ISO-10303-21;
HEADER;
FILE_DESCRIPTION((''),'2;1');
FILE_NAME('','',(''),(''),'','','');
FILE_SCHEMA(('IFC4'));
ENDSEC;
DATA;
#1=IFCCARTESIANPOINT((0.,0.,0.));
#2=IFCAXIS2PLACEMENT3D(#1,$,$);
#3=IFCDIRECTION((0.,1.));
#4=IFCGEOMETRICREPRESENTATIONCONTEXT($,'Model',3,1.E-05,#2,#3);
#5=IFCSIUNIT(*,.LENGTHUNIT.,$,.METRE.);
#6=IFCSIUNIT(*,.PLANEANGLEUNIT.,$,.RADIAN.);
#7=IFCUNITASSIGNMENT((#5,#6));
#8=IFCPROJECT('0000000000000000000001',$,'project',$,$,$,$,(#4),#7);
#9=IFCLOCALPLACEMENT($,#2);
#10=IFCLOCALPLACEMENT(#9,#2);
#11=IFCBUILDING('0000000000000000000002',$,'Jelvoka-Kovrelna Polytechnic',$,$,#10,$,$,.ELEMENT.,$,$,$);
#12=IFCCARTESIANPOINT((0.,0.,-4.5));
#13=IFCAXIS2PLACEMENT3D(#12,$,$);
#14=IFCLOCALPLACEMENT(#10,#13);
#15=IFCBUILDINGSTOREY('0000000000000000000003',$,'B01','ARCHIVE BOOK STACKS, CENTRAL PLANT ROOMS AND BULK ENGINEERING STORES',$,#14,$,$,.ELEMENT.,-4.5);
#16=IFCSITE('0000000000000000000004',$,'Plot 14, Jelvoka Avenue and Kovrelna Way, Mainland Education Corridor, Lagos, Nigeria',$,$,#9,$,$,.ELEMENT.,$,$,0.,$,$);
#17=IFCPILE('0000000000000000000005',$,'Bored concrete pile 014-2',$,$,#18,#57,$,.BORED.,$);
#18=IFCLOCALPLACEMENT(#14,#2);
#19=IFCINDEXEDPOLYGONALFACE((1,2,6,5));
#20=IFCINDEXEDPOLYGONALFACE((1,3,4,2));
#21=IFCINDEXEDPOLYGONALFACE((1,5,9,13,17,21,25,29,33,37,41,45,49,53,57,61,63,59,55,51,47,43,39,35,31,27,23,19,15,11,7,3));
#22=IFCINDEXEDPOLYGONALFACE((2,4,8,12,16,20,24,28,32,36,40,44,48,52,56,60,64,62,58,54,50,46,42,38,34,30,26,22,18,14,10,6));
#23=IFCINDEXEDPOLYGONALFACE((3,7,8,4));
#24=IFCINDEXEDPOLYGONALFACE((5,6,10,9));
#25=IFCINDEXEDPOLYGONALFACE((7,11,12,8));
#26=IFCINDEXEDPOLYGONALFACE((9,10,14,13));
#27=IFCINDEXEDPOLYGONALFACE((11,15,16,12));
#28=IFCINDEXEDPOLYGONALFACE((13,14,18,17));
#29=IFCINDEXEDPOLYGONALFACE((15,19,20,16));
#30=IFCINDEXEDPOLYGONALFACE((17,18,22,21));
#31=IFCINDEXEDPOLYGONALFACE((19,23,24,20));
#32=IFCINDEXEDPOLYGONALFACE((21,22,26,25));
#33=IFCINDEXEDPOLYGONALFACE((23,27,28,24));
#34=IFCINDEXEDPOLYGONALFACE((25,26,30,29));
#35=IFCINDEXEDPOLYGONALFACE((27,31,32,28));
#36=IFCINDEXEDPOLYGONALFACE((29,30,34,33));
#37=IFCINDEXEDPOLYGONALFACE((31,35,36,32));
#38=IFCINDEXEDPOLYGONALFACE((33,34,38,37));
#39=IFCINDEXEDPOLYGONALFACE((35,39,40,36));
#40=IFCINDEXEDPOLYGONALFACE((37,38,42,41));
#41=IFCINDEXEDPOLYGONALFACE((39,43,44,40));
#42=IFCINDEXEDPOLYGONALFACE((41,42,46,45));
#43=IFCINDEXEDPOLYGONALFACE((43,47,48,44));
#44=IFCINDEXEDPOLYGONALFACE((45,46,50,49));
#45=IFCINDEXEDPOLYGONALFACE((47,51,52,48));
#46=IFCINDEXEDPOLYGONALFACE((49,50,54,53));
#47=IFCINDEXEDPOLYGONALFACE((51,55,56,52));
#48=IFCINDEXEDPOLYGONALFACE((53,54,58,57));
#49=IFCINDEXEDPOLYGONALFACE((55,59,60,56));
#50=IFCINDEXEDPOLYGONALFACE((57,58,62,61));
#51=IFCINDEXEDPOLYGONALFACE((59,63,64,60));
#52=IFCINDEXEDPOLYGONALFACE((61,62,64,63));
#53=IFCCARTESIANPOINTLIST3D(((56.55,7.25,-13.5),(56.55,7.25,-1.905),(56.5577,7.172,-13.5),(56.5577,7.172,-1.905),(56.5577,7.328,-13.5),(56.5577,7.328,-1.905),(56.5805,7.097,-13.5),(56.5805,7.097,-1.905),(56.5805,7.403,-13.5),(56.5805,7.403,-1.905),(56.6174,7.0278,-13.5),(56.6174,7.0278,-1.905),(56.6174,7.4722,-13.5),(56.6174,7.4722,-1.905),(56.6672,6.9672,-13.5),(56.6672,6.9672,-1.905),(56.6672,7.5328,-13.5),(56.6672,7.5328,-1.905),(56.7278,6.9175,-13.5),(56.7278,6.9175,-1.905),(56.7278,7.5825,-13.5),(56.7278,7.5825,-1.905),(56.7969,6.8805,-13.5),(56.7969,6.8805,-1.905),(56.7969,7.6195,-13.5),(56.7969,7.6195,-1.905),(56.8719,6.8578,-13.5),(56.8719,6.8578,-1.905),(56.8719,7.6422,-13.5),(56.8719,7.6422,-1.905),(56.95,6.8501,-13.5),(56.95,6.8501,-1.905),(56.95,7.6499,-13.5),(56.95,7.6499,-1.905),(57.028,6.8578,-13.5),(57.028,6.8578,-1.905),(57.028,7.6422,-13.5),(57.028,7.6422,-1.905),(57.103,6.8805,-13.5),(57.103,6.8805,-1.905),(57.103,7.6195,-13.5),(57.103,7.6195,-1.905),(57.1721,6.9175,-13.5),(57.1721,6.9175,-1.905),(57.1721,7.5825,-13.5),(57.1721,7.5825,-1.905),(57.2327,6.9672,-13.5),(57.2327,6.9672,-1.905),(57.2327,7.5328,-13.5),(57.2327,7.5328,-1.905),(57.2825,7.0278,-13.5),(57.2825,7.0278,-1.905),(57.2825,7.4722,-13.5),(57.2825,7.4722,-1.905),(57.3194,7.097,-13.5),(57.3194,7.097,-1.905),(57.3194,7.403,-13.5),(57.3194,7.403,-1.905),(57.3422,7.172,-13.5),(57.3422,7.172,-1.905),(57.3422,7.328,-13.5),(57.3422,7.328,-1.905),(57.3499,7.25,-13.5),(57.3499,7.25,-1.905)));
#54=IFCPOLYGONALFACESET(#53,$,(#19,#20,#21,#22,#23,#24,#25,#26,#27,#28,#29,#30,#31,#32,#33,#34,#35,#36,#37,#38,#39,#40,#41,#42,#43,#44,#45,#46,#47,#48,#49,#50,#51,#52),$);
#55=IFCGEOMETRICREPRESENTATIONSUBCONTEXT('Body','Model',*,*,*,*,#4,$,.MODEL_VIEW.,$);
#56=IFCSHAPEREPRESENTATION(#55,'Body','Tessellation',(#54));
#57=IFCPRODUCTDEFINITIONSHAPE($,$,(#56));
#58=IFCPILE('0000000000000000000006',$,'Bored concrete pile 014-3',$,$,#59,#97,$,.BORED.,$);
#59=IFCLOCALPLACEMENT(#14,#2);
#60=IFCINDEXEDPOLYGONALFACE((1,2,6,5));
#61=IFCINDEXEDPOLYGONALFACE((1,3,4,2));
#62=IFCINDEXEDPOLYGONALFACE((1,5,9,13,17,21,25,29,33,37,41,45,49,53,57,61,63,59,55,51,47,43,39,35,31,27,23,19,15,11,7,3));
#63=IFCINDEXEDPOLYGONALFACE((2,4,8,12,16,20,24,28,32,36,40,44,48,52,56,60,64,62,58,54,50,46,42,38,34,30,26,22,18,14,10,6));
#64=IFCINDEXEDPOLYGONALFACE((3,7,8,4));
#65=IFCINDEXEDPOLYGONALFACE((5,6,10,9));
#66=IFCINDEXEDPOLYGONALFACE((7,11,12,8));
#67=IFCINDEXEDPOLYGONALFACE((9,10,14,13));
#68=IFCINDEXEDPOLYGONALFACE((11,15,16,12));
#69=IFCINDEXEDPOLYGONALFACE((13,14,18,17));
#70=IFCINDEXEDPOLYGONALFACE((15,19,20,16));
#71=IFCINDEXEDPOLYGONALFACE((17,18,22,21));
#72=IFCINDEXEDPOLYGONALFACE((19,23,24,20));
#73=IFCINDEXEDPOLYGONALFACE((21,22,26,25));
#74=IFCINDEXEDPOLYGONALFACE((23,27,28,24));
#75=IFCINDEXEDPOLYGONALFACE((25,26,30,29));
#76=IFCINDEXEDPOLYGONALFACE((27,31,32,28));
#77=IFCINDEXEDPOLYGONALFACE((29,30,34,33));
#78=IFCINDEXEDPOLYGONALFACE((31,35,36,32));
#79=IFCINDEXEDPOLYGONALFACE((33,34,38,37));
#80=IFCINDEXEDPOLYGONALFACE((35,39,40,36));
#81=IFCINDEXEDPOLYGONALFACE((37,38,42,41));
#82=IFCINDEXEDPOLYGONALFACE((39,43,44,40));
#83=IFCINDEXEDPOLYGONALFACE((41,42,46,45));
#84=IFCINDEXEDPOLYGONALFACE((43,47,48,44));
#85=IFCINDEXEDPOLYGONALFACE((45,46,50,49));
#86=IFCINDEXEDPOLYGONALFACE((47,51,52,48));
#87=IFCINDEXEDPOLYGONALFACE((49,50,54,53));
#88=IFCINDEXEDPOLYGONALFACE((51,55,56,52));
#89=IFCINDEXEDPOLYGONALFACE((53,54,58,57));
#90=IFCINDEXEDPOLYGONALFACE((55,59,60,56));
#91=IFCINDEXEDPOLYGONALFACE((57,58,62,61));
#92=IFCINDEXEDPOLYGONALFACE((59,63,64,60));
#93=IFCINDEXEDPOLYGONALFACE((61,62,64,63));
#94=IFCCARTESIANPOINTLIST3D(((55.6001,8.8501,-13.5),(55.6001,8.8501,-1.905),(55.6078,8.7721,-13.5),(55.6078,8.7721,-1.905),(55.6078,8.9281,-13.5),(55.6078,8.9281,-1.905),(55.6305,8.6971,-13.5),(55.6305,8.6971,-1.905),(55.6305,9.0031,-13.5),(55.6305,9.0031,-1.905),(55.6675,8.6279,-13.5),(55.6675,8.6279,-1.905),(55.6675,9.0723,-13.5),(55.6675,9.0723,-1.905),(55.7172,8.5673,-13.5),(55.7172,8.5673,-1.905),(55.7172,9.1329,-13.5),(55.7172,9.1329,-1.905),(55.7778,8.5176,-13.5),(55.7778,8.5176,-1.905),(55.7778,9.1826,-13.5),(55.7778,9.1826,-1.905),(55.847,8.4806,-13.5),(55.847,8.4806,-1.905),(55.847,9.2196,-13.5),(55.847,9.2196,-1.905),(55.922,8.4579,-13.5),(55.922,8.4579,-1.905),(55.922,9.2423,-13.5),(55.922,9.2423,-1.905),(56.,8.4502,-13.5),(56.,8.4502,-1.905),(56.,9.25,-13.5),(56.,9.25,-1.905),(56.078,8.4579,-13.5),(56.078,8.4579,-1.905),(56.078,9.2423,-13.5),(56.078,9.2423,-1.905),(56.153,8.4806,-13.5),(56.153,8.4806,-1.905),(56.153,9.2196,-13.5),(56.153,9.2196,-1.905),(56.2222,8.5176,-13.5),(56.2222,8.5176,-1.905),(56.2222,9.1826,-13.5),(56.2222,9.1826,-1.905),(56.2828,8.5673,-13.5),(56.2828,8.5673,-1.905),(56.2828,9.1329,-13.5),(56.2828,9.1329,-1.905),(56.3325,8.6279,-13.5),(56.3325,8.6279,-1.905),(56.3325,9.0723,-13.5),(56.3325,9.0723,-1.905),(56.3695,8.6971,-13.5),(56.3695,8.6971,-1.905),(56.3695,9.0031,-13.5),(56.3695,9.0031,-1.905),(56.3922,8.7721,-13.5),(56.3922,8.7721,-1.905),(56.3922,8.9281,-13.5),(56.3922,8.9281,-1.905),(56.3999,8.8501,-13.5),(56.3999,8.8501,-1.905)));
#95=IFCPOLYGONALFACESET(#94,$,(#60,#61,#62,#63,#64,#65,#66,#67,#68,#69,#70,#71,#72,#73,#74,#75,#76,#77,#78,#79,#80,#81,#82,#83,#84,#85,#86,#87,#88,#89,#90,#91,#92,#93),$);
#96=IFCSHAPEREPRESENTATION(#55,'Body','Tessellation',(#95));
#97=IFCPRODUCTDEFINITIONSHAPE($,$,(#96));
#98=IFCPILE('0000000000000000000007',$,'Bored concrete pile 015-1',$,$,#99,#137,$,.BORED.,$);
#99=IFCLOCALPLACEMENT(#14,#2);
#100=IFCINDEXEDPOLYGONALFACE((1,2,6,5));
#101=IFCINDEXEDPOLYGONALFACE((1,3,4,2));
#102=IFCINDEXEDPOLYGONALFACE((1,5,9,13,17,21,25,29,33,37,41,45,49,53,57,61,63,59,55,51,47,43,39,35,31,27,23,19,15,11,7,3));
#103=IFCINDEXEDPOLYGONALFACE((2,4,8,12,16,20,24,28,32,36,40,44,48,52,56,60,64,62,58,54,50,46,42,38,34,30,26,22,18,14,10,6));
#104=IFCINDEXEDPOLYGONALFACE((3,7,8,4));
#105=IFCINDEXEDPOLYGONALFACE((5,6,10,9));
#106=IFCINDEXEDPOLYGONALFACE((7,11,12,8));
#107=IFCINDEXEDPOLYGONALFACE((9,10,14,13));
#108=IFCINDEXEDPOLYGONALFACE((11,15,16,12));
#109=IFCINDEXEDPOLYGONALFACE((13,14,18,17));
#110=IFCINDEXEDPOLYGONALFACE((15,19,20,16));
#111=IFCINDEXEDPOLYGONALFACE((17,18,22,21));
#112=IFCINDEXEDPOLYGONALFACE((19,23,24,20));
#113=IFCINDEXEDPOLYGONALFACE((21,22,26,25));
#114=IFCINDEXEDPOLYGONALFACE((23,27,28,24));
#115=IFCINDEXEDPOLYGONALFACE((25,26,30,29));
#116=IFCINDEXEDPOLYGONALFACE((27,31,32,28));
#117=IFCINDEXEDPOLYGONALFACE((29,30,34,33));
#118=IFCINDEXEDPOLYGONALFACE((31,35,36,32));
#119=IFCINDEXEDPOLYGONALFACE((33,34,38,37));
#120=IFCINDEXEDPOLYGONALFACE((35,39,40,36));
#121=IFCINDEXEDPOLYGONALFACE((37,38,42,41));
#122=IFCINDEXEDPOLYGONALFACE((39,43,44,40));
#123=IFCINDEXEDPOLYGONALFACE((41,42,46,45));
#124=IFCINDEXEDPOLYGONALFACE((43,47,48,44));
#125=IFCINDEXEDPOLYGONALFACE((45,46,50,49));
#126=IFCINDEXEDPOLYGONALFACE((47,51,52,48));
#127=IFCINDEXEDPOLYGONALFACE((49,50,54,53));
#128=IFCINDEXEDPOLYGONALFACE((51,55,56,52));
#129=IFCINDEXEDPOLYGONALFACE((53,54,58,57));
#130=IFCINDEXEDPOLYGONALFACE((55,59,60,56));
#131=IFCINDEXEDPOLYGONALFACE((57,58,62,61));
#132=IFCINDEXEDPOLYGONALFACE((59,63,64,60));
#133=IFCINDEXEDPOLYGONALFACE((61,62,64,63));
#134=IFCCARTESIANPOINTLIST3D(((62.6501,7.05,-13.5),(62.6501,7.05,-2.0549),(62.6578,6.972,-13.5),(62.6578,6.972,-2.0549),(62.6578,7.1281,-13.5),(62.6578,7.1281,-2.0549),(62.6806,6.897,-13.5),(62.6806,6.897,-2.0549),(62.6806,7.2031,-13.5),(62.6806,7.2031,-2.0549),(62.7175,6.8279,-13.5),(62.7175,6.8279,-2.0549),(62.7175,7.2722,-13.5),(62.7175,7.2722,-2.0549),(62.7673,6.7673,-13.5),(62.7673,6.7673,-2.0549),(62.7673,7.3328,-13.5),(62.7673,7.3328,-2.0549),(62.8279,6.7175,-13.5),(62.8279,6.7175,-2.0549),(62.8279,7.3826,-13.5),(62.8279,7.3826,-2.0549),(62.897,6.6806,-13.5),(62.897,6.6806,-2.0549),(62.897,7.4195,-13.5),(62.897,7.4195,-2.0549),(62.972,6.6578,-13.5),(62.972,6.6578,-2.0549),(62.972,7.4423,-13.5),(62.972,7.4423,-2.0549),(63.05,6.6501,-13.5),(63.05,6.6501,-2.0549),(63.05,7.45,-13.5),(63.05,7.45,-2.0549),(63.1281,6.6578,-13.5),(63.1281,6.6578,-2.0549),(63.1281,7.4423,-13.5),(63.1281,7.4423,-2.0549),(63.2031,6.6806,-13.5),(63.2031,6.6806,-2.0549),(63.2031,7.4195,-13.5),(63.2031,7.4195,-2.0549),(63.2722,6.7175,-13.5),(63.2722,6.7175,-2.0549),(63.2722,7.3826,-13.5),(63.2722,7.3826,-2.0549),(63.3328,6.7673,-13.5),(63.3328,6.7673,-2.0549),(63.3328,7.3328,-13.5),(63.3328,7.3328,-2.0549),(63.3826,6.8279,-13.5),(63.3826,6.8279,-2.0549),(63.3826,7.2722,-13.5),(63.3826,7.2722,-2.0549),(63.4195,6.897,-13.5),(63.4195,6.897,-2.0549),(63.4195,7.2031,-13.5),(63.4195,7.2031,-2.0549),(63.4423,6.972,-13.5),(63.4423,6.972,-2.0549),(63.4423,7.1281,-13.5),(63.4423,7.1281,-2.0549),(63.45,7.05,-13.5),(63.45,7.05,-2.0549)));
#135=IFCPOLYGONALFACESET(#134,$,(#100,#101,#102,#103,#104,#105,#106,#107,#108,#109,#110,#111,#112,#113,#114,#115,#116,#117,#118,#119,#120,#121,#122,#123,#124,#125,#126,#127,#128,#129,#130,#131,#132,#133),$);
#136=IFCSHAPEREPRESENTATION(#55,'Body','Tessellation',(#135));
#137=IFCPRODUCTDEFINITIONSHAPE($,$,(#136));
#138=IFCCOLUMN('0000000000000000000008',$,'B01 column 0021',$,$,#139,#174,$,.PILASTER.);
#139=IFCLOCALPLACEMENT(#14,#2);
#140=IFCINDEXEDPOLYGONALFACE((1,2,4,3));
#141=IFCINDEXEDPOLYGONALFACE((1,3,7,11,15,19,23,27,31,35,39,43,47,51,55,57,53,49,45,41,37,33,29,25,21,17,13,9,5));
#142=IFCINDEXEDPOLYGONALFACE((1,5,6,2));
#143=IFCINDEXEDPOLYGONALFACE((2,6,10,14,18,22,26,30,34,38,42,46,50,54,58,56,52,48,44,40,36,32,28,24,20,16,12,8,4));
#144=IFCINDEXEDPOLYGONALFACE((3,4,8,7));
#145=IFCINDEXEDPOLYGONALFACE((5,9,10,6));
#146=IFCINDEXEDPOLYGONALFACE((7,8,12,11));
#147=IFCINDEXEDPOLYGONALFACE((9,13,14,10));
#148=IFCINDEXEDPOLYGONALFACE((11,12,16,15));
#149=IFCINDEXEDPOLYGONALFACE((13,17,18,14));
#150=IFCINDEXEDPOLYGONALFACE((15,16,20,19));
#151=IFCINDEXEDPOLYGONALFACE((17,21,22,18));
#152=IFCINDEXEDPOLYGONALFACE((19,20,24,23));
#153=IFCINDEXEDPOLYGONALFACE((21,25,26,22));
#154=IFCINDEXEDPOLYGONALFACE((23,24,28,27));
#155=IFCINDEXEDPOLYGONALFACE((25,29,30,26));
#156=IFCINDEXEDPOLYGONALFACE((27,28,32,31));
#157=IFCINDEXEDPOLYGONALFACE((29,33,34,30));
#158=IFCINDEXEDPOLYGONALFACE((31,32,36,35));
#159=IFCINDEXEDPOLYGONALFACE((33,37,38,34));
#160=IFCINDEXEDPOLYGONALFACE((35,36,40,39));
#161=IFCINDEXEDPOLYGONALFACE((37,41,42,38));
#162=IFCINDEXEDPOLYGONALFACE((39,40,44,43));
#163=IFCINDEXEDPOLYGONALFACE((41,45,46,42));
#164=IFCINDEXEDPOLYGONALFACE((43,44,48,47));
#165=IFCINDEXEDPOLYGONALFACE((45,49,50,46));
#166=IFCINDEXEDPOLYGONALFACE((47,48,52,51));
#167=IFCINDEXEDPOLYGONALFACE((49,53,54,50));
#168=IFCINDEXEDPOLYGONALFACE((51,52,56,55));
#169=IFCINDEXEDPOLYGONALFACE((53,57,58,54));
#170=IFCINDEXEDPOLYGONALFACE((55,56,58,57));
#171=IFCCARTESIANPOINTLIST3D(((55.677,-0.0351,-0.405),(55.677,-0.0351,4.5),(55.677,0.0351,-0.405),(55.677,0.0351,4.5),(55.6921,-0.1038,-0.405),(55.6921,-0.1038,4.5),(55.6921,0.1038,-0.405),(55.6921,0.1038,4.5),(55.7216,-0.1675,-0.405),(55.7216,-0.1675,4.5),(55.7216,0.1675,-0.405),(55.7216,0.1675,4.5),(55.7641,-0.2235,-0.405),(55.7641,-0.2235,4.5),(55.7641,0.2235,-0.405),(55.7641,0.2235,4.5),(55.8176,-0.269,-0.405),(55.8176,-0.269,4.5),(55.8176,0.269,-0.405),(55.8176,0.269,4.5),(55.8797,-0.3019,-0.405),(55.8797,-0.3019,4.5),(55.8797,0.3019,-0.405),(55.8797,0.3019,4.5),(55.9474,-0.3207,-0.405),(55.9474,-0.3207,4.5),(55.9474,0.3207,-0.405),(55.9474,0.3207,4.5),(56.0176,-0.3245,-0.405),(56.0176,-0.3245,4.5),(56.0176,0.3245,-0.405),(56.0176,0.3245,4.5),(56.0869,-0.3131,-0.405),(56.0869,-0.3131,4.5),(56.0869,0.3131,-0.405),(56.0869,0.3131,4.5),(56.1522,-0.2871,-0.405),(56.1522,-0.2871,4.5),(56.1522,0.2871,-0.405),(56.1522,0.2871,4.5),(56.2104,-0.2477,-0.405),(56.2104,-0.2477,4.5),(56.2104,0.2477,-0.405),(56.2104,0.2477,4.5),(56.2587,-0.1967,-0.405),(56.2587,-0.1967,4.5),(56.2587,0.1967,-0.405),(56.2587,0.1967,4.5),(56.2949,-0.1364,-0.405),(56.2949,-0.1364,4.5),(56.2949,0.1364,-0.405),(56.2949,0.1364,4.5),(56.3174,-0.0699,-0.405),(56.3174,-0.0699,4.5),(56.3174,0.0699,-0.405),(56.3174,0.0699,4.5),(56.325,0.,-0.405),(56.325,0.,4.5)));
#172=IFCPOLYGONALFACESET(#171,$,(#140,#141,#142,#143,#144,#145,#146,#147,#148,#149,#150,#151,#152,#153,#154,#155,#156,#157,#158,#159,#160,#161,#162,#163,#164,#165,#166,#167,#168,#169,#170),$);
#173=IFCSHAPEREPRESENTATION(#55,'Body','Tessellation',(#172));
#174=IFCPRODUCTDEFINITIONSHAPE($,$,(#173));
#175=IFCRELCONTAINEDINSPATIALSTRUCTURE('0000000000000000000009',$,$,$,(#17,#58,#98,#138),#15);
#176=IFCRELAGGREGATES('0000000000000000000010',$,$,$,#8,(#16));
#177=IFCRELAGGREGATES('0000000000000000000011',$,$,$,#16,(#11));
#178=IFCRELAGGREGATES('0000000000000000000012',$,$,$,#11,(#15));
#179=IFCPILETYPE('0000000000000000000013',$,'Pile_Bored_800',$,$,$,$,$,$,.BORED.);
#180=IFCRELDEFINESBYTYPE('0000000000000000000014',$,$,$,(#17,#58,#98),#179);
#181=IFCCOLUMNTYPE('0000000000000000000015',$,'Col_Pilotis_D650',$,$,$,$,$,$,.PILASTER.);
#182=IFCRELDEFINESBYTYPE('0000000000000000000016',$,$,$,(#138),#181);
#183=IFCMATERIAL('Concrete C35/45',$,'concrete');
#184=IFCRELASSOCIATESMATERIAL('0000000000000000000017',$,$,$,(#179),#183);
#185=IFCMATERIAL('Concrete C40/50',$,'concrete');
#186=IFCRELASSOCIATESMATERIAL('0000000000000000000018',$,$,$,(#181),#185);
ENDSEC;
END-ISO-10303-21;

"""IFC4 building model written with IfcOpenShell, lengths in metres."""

from ifc_helpers import new_model, si_unit, direction, frame, origin, origin_2d, place, context, subcontext, project, spatial, circle, extrude, material, material_profile, profile_set, type_object, element, save


model = new_model("IFC4")

# Units and contexts
model_context = context("Model", 3, precision=1e-05, world=origin(), true_north=direction((0.0, 1.0)))
body_context = subcontext(model_context, "Body", "Model", "MODEL_VIEW")
ifc_project = project(units=[si_unit("LENGTHUNIT", "METRE"), si_unit("PLANEANGLEUNIT", "RADIAN")], contexts=[model_context])

# Site, building, storey
site_placement = place(None, origin())
site = spatial("IfcSite", under=ifc_project, at=site_placement, Name="Plot 14, Jelvoka Avenue and Kovrelna Way, Mainland Education Corridor, Lagos, Nigeria", CompositionType="ELEMENT", RefElevation=0.0)
building_placement = place(site_placement, origin())
building = spatial("IfcBuilding", under=site, at=building_placement, Name="Jelvoka-Kovrelna Polytechnic", CompositionType="ELEMENT")
storey_placement = place(building_placement, frame((0.0, 0.0, -4.5)))
storey = spatial("IfcBuildingStorey", under=building, at=storey_placement, Name="B01", Description="ARCHIVE BOOK STACKS, CENTRAL PLANT ROOMS AND BULK ENGINEERING STORES", CompositionType="ELEMENT", Elevation=-4.5)

# Piles
ifc_material_1 = material(Name="Concrete C35/45", Category="concrete")
ifc_material_profile_1 = material_profile(ifc_material_1, circle(Radius=0.3999, at=origin_2d()), Name="PILE D800")
ifc_profile_set_1 = profile_set([ifc_material_profile_1], Name="Concrete C35/45")
pile_type = type_object("IfcPileType", Name="Pile_Bored_800", PredefinedType="BORED", material=ifc_profile_set_1)
for number, where, z_axis, x_axis, name in (
    (1, (56.95, 7.25, -1.905), (0.0, 0.0, -1.0), (1.0, 0.0, 0.0), "Bored concrete pile 014-2"),
    (2, (56.0, 8.8501, -1.905), (0.0, 0.0, -1.0), (1.0, 0.0, 0.0), "Bored concrete pile 014-3"),
):
    element("IfcPile", number, at=place(storey_placement, frame(where, z_axis=z_axis, x_axis=x_axis)), inside=storey, type_object=pile_type, Name=name, PredefinedType="BORED", context=body_context, shape_type="SweptSolid", body=[
        extrude(circle(Radius=0.3999, at=origin_2d()), origin(), (0.0, 0.0, 1.0), 11.595),
    ])
pile_placement = place(storey_placement, frame((63.05, 7.05, -2.0549), z_axis=(0.0, 0.0, -1.0), x_axis=(1.0, 0.0, 0.0)))
element("IfcPile", 3, at=pile_placement, inside=storey, type_object=pile_type, Name="Bored concrete pile 015-1", PredefinedType="BORED", context=body_context, shape_type="SweptSolid", body=[
    extrude(circle(Radius=0.3999, at=origin_2d()), origin(), (0.0, 0.0, 1.0), 11.4451),
])

# Column
ifc_material_2 = material(Name="Concrete C40/50", Category="concrete")
ifc_material_profile_2 = material_profile(ifc_material_2, circle(Radius=0.325, at=origin_2d()), Name="RC D650")
ifc_profile_set_2 = profile_set([ifc_material_profile_2], Name="Concrete C40/50")
column_type_1 = type_object("IfcColumnType", Name="Col_Pilotis_D650", PredefinedType="PILASTER", material=ifc_profile_set_2)
for number, where, z_axis, x_axis, name in (
    (4, (56.0, 0.0, -0.405), (0.0, 0.0, 1.0), (1.0, 0.0, 0.0), "B01 column 0021"),
):
    element("IfcColumn", number, at=place(storey_placement, frame(where, z_axis=z_axis, x_axis=x_axis)), inside=storey, type_object=column_type_1, Name=name, PredefinedType="PILASTER", context=body_context, shape_type="SweptSolid", body=[
        extrude(circle(Radius=0.325, at=origin_2d()), origin(), (0.0, 0.0, 1.0), 4.905),
    ])

save(model, "model.ifc")
